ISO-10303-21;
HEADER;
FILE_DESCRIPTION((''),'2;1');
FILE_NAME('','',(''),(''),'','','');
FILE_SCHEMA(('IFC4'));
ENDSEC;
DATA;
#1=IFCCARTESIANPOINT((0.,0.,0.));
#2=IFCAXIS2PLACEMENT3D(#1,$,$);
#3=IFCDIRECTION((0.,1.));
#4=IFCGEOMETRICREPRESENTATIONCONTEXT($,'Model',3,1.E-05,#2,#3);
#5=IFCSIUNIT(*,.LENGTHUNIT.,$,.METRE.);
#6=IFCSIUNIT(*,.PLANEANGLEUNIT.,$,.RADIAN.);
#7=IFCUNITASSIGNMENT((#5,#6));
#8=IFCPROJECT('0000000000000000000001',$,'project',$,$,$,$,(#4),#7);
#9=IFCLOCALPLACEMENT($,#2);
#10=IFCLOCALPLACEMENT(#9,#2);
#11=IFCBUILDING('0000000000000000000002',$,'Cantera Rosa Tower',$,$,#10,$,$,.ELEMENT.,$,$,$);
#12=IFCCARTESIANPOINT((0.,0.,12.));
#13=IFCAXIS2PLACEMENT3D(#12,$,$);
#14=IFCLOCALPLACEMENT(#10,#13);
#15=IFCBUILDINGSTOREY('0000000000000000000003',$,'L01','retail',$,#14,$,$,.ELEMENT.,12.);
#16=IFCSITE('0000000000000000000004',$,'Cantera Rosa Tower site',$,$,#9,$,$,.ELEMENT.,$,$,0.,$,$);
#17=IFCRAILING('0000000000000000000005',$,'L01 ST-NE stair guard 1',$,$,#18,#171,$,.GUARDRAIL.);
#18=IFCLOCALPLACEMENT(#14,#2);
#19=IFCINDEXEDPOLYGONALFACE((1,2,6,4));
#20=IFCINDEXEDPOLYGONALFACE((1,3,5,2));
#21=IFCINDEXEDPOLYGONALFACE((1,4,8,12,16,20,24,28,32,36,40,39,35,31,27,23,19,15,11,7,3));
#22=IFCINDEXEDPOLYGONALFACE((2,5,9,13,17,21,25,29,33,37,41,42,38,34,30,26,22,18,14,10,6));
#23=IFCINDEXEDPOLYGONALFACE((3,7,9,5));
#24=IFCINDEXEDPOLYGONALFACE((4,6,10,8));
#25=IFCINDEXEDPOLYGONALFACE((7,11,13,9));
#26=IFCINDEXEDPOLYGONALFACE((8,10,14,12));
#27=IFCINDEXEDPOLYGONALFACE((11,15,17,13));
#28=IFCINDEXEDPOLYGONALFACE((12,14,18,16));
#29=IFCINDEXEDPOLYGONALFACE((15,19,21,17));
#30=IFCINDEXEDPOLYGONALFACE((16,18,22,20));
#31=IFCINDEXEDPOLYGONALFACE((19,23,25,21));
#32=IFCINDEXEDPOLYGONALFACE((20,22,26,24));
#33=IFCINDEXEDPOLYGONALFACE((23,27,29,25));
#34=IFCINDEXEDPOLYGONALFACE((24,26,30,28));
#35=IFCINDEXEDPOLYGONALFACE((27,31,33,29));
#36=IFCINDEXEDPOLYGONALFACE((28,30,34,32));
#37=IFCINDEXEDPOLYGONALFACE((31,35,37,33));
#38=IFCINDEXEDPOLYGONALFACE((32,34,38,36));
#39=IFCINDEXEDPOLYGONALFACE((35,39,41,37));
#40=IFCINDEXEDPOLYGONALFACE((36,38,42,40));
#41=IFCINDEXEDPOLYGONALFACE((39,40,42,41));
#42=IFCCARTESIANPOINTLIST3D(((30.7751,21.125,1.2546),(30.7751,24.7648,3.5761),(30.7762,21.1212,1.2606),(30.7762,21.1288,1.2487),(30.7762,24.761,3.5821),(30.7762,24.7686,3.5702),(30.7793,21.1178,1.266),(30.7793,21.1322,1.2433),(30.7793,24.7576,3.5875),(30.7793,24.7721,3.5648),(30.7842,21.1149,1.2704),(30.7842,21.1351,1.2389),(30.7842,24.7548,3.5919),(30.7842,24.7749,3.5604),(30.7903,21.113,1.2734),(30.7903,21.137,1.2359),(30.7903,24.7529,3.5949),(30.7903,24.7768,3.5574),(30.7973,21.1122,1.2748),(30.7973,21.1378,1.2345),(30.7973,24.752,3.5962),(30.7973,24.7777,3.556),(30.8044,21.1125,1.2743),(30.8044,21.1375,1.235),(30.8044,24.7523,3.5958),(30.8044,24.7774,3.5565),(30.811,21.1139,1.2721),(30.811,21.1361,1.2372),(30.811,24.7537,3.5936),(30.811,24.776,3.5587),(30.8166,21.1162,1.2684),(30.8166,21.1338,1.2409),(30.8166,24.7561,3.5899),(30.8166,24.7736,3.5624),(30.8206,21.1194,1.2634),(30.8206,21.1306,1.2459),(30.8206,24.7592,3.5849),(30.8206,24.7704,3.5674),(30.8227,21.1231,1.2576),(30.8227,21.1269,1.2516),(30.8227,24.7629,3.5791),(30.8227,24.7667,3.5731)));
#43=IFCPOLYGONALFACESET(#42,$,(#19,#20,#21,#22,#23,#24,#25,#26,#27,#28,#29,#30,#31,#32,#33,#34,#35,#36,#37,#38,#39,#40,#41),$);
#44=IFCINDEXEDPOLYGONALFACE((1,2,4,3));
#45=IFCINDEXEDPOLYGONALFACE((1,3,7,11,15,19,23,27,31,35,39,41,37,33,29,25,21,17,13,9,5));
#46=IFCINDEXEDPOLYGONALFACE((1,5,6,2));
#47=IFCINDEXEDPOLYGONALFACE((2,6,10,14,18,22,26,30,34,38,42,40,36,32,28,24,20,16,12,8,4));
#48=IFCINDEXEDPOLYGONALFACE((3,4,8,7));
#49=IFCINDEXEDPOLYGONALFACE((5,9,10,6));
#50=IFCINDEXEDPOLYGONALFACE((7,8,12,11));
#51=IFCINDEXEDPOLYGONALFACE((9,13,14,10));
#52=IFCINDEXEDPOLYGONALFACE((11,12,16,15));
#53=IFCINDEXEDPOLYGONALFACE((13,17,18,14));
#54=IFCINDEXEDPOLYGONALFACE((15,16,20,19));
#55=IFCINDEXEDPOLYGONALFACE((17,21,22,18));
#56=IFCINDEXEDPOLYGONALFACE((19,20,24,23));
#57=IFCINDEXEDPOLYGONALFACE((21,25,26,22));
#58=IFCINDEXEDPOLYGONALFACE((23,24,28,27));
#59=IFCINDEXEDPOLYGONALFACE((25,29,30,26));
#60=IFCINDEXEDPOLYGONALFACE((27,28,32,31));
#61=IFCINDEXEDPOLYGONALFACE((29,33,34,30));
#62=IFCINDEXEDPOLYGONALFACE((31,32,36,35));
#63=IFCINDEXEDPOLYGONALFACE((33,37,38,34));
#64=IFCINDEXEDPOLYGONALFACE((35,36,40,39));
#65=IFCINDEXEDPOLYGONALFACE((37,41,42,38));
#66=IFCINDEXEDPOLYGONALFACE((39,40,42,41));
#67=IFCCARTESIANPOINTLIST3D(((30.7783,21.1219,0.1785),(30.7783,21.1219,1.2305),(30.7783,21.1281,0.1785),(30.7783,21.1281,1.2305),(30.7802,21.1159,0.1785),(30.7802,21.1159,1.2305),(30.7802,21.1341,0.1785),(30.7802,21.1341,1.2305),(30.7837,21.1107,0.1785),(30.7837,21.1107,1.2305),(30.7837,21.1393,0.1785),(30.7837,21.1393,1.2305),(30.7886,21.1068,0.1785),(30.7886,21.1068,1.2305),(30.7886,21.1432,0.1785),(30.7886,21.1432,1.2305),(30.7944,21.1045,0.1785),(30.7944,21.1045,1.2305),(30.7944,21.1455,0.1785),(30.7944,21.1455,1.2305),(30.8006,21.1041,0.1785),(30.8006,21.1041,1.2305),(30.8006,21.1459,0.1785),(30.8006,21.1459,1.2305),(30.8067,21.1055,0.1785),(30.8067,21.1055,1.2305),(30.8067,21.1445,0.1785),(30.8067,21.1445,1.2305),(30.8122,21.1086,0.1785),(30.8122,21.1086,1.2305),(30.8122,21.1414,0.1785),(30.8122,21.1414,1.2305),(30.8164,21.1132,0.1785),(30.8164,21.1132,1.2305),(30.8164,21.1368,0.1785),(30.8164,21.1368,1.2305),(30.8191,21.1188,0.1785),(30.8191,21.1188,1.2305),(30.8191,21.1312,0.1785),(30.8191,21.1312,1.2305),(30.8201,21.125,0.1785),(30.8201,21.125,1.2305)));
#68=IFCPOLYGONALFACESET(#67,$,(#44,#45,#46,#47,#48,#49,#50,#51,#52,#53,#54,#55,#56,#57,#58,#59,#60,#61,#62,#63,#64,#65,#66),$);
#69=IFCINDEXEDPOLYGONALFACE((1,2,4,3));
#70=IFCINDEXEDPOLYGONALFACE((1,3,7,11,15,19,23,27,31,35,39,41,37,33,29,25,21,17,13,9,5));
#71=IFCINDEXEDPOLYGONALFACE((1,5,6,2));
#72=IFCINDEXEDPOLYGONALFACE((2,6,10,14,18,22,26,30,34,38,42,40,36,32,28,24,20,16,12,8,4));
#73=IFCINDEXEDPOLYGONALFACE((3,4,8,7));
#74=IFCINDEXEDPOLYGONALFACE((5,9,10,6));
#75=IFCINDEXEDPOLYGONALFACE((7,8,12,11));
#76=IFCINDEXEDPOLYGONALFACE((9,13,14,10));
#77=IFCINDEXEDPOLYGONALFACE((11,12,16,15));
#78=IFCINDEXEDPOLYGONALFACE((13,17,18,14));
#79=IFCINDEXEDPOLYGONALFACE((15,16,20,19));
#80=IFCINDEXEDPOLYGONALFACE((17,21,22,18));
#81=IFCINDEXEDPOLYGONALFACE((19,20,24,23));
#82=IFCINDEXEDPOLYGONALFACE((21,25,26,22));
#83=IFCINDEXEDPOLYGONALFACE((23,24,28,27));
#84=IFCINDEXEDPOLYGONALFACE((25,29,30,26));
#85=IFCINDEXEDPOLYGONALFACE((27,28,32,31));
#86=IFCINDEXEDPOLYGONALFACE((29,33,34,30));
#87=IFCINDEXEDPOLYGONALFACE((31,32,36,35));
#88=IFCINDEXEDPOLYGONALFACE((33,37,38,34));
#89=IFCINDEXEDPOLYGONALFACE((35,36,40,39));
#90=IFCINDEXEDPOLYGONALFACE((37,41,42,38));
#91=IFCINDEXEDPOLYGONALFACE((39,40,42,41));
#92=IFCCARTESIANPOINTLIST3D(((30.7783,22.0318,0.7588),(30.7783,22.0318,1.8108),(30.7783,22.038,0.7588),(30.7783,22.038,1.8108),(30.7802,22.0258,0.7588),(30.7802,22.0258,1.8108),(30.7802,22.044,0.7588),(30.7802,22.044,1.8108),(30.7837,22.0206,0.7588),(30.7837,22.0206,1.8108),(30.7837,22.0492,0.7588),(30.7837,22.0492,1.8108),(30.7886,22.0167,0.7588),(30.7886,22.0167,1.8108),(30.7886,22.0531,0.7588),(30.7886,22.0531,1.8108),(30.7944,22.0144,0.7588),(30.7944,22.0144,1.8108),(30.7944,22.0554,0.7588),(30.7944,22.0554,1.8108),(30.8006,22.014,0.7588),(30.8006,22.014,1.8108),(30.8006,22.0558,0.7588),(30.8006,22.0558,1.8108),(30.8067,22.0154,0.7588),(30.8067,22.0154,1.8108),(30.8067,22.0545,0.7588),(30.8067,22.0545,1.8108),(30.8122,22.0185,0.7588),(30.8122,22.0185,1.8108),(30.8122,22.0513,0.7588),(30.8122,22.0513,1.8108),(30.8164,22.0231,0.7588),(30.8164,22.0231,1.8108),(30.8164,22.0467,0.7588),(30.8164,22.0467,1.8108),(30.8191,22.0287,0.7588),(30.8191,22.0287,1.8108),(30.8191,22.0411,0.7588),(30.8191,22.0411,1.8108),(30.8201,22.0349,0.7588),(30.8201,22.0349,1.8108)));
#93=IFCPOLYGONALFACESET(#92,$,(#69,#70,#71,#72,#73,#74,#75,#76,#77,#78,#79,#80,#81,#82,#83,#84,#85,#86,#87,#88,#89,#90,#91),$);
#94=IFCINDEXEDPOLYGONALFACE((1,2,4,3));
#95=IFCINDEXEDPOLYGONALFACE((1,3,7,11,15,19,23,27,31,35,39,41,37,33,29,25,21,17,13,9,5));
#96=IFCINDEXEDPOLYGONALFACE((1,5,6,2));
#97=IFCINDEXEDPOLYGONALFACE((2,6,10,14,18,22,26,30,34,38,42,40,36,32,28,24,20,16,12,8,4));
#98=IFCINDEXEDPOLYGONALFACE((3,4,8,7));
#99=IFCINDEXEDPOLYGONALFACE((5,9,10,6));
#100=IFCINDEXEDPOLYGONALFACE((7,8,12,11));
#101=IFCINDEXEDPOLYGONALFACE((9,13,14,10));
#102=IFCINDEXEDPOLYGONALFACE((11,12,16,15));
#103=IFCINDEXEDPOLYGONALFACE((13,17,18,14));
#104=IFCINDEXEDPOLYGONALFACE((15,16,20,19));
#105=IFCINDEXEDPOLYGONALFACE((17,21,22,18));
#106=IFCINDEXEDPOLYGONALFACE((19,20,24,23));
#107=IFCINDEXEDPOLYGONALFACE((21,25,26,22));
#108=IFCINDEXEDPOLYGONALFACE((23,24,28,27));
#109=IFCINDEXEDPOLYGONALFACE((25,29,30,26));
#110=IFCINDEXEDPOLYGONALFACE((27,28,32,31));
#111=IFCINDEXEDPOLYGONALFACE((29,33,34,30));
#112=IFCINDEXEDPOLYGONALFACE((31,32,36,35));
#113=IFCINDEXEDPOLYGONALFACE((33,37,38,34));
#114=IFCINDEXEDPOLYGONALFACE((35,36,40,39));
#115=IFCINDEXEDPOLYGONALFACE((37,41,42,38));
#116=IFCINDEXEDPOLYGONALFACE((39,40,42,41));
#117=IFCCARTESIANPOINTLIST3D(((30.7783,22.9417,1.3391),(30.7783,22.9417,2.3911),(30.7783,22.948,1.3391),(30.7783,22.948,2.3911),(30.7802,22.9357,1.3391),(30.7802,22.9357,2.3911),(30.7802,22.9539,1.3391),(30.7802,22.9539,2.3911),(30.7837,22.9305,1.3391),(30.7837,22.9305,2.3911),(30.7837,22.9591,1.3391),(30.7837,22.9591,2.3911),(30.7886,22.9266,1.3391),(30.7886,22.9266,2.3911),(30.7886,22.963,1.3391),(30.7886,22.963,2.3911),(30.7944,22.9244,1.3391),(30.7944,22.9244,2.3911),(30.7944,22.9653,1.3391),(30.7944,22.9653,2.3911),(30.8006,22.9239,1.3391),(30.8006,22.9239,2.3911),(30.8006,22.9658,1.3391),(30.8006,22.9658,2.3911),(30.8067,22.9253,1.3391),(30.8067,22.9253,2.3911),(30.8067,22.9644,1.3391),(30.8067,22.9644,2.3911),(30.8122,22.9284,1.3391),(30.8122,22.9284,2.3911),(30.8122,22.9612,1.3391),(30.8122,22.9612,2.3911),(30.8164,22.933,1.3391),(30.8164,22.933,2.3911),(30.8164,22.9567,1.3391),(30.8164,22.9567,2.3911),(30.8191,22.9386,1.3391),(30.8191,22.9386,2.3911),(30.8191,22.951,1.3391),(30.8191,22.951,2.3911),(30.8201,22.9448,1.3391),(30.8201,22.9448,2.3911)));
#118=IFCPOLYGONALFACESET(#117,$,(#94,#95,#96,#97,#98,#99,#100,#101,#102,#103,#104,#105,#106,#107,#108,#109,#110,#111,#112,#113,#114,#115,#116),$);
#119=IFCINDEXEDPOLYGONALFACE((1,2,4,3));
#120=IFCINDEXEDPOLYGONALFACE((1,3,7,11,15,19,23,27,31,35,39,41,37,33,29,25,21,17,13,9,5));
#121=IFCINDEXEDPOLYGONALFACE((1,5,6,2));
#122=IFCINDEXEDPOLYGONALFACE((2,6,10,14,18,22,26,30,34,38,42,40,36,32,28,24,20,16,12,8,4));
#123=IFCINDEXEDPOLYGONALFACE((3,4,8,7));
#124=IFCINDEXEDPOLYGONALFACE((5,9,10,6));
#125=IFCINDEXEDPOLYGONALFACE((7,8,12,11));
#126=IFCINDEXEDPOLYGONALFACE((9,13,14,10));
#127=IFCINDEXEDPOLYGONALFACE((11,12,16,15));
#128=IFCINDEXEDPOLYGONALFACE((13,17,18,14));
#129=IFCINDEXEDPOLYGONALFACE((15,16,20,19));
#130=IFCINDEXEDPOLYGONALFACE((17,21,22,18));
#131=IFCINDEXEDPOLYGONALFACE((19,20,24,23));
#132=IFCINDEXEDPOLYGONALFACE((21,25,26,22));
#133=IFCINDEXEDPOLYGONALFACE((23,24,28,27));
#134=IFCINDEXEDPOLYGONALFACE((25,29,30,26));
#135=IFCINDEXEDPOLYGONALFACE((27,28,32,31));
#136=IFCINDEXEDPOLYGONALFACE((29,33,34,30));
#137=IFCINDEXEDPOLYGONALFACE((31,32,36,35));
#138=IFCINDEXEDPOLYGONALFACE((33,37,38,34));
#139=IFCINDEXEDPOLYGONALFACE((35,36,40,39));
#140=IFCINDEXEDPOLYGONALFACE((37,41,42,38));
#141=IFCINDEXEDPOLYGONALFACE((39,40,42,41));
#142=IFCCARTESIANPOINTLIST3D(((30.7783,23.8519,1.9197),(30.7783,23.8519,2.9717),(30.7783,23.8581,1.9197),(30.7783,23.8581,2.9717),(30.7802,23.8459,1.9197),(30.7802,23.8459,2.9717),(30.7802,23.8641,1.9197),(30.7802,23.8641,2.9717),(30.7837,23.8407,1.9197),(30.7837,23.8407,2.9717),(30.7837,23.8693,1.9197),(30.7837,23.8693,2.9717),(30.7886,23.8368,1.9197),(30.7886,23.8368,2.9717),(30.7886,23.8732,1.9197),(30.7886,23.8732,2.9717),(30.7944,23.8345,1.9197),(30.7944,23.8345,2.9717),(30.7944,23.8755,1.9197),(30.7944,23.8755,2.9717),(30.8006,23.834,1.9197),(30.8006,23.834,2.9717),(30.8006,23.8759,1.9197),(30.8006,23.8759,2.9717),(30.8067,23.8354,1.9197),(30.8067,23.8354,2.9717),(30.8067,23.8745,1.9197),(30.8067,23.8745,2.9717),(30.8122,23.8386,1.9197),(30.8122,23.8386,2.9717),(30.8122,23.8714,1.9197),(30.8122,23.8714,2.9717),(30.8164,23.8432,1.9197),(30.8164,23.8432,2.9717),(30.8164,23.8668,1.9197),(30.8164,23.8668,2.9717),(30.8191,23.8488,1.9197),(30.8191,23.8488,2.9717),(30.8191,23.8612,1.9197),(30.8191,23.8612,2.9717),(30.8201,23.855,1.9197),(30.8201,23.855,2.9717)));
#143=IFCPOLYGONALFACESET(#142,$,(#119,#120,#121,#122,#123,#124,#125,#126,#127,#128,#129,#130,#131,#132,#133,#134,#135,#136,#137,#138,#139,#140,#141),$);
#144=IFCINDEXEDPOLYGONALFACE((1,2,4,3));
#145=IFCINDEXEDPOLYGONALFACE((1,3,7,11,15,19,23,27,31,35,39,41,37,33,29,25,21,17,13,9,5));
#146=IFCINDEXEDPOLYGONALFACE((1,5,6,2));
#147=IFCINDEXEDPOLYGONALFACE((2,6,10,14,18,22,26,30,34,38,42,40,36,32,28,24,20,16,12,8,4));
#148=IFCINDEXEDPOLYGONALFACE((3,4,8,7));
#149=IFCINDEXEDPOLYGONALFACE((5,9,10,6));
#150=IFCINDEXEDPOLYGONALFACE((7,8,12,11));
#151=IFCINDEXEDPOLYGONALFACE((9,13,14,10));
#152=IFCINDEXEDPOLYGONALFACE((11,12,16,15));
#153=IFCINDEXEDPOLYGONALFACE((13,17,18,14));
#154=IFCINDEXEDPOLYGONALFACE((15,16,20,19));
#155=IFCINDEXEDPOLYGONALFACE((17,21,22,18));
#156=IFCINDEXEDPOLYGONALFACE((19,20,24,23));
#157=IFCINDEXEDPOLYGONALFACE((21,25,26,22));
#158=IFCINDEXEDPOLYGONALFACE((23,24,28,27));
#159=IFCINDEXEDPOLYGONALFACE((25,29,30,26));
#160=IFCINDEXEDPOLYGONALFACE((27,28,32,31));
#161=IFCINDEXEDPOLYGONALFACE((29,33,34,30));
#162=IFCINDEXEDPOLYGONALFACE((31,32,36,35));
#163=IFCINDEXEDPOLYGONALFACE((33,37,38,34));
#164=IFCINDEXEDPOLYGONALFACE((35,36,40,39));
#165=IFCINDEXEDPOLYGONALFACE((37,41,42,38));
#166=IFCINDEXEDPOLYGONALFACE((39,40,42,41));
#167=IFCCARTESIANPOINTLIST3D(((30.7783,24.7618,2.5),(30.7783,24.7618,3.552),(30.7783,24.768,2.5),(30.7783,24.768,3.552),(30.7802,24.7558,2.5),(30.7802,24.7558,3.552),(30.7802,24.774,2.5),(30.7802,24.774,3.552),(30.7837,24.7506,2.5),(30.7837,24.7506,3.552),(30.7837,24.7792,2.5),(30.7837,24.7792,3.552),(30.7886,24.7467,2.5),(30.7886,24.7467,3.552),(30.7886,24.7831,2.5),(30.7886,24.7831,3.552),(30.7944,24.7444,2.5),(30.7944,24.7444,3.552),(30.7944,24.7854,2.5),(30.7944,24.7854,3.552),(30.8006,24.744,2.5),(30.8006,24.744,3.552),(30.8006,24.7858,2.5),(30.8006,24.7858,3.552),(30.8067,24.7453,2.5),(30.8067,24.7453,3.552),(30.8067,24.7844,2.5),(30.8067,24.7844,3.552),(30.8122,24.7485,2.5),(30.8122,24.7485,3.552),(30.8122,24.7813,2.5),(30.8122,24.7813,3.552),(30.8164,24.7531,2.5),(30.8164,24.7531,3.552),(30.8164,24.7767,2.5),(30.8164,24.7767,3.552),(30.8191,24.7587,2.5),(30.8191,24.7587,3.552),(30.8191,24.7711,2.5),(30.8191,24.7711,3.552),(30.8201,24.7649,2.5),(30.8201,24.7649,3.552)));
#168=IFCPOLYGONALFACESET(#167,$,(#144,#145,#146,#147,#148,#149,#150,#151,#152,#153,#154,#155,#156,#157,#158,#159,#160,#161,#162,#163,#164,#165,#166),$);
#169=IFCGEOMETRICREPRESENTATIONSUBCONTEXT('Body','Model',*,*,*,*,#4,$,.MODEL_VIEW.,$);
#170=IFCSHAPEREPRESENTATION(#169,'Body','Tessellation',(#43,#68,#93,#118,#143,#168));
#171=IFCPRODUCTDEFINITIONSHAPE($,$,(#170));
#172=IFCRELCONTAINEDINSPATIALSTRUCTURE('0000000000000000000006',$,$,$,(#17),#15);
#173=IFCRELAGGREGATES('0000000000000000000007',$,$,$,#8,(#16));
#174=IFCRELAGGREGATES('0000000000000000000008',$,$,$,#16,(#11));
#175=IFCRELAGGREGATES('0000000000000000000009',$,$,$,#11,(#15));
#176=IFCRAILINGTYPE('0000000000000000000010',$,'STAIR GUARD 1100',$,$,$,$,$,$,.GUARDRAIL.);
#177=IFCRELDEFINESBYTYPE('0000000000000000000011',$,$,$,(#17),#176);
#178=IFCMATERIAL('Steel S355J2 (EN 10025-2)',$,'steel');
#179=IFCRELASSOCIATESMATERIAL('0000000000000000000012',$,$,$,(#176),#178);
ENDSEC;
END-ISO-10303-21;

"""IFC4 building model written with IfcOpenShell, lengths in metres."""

from ifc_helpers import new_model, si_unit, direction, frame, origin, origin_2d, place, context, subcontext, project, spatial, circle, extrude, material, type_object, element, save


model = new_model("IFC4")

# Units and contexts
model_context = context("Model", 3, precision=1e-05, world=origin(), true_north=direction((0.0, 1.0)))
body_context = subcontext(model_context, "Body", "Model", "MODEL_VIEW")
ifc_project = project(units=[si_unit("LENGTHUNIT", "METRE"), si_unit("PLANEANGLEUNIT", "RADIAN")], contexts=[model_context])

# Site, building, storey
site_placement = place(None, origin())
site = spatial("IfcSite", under=ifc_project, at=site_placement, Name="Cantera Rosa Tower site", CompositionType="ELEMENT", RefElevation=0.0)
building_placement = place(site_placement, origin())
building = spatial("IfcBuilding", under=site, at=building_placement, Name="Cantera Rosa Tower", CompositionType="ELEMENT")
storey_placement = place(building_placement, frame((0.0, 0.0, 12.0)))
storey = spatial("IfcBuildingStorey", under=building, at=storey_placement, Name="L01", Description="retail", CompositionType="ELEMENT", Elevation=12.0)

# Railing
ifc_material_1 = material(Name="Steel S355J2 (EN 10025-2)", Category="steel")
railing_type_1 = type_object("IfcRailingType", Name="STAIR GUARD 1100", PredefinedType="GUARDRAIL", material=ifc_material_1)
railing_1_placement = place(storey_placement, frame((30.7991, 21.125, 0.1785)))
element("IfcRailing", 1, at=railing_1_placement, inside=storey, type_object=railing_type_1, Name="L01 ST-NE stair guard 1", PredefinedType="GUARDRAIL", context=body_context, shape_type="SweptSolid", body=[
    extrude(circle(Radius=0.0239, at=origin_2d()), frame((0.0, 0.0, 1.0762), z_axis=(0.0, 0.843112, 0.537739), x_axis=(-1.0, 0.0, 0.0)), (0.0, 0.0, 1.0), 4.3171),
    extrude(circle(Radius=0.021, at=origin_2d()), origin(), (0.0, 0.0, 1.0), 1.052),
    extrude(circle(Radius=0.021, at=origin_2d()), frame((0.0, 0.9099, 0.5803)), (0.0, 0.0, 1.0), 1.052),
    extrude(circle(Radius=0.021, at=origin_2d()), frame((0.0, 1.8198, 1.1606)), (0.0, 0.0, 1.0), 1.052),
    extrude(circle(Radius=0.021, at=origin_2d()), frame((0.0, 2.73, 1.7412)), (0.0, 0.0, 1.0), 1.052),
    extrude(circle(Radius=0.021, at=origin_2d()), frame((0.0, 3.6399, 2.3215)), (0.0, 0.0, 1.0), 1.052),
])

save(model, "model.ifc")
